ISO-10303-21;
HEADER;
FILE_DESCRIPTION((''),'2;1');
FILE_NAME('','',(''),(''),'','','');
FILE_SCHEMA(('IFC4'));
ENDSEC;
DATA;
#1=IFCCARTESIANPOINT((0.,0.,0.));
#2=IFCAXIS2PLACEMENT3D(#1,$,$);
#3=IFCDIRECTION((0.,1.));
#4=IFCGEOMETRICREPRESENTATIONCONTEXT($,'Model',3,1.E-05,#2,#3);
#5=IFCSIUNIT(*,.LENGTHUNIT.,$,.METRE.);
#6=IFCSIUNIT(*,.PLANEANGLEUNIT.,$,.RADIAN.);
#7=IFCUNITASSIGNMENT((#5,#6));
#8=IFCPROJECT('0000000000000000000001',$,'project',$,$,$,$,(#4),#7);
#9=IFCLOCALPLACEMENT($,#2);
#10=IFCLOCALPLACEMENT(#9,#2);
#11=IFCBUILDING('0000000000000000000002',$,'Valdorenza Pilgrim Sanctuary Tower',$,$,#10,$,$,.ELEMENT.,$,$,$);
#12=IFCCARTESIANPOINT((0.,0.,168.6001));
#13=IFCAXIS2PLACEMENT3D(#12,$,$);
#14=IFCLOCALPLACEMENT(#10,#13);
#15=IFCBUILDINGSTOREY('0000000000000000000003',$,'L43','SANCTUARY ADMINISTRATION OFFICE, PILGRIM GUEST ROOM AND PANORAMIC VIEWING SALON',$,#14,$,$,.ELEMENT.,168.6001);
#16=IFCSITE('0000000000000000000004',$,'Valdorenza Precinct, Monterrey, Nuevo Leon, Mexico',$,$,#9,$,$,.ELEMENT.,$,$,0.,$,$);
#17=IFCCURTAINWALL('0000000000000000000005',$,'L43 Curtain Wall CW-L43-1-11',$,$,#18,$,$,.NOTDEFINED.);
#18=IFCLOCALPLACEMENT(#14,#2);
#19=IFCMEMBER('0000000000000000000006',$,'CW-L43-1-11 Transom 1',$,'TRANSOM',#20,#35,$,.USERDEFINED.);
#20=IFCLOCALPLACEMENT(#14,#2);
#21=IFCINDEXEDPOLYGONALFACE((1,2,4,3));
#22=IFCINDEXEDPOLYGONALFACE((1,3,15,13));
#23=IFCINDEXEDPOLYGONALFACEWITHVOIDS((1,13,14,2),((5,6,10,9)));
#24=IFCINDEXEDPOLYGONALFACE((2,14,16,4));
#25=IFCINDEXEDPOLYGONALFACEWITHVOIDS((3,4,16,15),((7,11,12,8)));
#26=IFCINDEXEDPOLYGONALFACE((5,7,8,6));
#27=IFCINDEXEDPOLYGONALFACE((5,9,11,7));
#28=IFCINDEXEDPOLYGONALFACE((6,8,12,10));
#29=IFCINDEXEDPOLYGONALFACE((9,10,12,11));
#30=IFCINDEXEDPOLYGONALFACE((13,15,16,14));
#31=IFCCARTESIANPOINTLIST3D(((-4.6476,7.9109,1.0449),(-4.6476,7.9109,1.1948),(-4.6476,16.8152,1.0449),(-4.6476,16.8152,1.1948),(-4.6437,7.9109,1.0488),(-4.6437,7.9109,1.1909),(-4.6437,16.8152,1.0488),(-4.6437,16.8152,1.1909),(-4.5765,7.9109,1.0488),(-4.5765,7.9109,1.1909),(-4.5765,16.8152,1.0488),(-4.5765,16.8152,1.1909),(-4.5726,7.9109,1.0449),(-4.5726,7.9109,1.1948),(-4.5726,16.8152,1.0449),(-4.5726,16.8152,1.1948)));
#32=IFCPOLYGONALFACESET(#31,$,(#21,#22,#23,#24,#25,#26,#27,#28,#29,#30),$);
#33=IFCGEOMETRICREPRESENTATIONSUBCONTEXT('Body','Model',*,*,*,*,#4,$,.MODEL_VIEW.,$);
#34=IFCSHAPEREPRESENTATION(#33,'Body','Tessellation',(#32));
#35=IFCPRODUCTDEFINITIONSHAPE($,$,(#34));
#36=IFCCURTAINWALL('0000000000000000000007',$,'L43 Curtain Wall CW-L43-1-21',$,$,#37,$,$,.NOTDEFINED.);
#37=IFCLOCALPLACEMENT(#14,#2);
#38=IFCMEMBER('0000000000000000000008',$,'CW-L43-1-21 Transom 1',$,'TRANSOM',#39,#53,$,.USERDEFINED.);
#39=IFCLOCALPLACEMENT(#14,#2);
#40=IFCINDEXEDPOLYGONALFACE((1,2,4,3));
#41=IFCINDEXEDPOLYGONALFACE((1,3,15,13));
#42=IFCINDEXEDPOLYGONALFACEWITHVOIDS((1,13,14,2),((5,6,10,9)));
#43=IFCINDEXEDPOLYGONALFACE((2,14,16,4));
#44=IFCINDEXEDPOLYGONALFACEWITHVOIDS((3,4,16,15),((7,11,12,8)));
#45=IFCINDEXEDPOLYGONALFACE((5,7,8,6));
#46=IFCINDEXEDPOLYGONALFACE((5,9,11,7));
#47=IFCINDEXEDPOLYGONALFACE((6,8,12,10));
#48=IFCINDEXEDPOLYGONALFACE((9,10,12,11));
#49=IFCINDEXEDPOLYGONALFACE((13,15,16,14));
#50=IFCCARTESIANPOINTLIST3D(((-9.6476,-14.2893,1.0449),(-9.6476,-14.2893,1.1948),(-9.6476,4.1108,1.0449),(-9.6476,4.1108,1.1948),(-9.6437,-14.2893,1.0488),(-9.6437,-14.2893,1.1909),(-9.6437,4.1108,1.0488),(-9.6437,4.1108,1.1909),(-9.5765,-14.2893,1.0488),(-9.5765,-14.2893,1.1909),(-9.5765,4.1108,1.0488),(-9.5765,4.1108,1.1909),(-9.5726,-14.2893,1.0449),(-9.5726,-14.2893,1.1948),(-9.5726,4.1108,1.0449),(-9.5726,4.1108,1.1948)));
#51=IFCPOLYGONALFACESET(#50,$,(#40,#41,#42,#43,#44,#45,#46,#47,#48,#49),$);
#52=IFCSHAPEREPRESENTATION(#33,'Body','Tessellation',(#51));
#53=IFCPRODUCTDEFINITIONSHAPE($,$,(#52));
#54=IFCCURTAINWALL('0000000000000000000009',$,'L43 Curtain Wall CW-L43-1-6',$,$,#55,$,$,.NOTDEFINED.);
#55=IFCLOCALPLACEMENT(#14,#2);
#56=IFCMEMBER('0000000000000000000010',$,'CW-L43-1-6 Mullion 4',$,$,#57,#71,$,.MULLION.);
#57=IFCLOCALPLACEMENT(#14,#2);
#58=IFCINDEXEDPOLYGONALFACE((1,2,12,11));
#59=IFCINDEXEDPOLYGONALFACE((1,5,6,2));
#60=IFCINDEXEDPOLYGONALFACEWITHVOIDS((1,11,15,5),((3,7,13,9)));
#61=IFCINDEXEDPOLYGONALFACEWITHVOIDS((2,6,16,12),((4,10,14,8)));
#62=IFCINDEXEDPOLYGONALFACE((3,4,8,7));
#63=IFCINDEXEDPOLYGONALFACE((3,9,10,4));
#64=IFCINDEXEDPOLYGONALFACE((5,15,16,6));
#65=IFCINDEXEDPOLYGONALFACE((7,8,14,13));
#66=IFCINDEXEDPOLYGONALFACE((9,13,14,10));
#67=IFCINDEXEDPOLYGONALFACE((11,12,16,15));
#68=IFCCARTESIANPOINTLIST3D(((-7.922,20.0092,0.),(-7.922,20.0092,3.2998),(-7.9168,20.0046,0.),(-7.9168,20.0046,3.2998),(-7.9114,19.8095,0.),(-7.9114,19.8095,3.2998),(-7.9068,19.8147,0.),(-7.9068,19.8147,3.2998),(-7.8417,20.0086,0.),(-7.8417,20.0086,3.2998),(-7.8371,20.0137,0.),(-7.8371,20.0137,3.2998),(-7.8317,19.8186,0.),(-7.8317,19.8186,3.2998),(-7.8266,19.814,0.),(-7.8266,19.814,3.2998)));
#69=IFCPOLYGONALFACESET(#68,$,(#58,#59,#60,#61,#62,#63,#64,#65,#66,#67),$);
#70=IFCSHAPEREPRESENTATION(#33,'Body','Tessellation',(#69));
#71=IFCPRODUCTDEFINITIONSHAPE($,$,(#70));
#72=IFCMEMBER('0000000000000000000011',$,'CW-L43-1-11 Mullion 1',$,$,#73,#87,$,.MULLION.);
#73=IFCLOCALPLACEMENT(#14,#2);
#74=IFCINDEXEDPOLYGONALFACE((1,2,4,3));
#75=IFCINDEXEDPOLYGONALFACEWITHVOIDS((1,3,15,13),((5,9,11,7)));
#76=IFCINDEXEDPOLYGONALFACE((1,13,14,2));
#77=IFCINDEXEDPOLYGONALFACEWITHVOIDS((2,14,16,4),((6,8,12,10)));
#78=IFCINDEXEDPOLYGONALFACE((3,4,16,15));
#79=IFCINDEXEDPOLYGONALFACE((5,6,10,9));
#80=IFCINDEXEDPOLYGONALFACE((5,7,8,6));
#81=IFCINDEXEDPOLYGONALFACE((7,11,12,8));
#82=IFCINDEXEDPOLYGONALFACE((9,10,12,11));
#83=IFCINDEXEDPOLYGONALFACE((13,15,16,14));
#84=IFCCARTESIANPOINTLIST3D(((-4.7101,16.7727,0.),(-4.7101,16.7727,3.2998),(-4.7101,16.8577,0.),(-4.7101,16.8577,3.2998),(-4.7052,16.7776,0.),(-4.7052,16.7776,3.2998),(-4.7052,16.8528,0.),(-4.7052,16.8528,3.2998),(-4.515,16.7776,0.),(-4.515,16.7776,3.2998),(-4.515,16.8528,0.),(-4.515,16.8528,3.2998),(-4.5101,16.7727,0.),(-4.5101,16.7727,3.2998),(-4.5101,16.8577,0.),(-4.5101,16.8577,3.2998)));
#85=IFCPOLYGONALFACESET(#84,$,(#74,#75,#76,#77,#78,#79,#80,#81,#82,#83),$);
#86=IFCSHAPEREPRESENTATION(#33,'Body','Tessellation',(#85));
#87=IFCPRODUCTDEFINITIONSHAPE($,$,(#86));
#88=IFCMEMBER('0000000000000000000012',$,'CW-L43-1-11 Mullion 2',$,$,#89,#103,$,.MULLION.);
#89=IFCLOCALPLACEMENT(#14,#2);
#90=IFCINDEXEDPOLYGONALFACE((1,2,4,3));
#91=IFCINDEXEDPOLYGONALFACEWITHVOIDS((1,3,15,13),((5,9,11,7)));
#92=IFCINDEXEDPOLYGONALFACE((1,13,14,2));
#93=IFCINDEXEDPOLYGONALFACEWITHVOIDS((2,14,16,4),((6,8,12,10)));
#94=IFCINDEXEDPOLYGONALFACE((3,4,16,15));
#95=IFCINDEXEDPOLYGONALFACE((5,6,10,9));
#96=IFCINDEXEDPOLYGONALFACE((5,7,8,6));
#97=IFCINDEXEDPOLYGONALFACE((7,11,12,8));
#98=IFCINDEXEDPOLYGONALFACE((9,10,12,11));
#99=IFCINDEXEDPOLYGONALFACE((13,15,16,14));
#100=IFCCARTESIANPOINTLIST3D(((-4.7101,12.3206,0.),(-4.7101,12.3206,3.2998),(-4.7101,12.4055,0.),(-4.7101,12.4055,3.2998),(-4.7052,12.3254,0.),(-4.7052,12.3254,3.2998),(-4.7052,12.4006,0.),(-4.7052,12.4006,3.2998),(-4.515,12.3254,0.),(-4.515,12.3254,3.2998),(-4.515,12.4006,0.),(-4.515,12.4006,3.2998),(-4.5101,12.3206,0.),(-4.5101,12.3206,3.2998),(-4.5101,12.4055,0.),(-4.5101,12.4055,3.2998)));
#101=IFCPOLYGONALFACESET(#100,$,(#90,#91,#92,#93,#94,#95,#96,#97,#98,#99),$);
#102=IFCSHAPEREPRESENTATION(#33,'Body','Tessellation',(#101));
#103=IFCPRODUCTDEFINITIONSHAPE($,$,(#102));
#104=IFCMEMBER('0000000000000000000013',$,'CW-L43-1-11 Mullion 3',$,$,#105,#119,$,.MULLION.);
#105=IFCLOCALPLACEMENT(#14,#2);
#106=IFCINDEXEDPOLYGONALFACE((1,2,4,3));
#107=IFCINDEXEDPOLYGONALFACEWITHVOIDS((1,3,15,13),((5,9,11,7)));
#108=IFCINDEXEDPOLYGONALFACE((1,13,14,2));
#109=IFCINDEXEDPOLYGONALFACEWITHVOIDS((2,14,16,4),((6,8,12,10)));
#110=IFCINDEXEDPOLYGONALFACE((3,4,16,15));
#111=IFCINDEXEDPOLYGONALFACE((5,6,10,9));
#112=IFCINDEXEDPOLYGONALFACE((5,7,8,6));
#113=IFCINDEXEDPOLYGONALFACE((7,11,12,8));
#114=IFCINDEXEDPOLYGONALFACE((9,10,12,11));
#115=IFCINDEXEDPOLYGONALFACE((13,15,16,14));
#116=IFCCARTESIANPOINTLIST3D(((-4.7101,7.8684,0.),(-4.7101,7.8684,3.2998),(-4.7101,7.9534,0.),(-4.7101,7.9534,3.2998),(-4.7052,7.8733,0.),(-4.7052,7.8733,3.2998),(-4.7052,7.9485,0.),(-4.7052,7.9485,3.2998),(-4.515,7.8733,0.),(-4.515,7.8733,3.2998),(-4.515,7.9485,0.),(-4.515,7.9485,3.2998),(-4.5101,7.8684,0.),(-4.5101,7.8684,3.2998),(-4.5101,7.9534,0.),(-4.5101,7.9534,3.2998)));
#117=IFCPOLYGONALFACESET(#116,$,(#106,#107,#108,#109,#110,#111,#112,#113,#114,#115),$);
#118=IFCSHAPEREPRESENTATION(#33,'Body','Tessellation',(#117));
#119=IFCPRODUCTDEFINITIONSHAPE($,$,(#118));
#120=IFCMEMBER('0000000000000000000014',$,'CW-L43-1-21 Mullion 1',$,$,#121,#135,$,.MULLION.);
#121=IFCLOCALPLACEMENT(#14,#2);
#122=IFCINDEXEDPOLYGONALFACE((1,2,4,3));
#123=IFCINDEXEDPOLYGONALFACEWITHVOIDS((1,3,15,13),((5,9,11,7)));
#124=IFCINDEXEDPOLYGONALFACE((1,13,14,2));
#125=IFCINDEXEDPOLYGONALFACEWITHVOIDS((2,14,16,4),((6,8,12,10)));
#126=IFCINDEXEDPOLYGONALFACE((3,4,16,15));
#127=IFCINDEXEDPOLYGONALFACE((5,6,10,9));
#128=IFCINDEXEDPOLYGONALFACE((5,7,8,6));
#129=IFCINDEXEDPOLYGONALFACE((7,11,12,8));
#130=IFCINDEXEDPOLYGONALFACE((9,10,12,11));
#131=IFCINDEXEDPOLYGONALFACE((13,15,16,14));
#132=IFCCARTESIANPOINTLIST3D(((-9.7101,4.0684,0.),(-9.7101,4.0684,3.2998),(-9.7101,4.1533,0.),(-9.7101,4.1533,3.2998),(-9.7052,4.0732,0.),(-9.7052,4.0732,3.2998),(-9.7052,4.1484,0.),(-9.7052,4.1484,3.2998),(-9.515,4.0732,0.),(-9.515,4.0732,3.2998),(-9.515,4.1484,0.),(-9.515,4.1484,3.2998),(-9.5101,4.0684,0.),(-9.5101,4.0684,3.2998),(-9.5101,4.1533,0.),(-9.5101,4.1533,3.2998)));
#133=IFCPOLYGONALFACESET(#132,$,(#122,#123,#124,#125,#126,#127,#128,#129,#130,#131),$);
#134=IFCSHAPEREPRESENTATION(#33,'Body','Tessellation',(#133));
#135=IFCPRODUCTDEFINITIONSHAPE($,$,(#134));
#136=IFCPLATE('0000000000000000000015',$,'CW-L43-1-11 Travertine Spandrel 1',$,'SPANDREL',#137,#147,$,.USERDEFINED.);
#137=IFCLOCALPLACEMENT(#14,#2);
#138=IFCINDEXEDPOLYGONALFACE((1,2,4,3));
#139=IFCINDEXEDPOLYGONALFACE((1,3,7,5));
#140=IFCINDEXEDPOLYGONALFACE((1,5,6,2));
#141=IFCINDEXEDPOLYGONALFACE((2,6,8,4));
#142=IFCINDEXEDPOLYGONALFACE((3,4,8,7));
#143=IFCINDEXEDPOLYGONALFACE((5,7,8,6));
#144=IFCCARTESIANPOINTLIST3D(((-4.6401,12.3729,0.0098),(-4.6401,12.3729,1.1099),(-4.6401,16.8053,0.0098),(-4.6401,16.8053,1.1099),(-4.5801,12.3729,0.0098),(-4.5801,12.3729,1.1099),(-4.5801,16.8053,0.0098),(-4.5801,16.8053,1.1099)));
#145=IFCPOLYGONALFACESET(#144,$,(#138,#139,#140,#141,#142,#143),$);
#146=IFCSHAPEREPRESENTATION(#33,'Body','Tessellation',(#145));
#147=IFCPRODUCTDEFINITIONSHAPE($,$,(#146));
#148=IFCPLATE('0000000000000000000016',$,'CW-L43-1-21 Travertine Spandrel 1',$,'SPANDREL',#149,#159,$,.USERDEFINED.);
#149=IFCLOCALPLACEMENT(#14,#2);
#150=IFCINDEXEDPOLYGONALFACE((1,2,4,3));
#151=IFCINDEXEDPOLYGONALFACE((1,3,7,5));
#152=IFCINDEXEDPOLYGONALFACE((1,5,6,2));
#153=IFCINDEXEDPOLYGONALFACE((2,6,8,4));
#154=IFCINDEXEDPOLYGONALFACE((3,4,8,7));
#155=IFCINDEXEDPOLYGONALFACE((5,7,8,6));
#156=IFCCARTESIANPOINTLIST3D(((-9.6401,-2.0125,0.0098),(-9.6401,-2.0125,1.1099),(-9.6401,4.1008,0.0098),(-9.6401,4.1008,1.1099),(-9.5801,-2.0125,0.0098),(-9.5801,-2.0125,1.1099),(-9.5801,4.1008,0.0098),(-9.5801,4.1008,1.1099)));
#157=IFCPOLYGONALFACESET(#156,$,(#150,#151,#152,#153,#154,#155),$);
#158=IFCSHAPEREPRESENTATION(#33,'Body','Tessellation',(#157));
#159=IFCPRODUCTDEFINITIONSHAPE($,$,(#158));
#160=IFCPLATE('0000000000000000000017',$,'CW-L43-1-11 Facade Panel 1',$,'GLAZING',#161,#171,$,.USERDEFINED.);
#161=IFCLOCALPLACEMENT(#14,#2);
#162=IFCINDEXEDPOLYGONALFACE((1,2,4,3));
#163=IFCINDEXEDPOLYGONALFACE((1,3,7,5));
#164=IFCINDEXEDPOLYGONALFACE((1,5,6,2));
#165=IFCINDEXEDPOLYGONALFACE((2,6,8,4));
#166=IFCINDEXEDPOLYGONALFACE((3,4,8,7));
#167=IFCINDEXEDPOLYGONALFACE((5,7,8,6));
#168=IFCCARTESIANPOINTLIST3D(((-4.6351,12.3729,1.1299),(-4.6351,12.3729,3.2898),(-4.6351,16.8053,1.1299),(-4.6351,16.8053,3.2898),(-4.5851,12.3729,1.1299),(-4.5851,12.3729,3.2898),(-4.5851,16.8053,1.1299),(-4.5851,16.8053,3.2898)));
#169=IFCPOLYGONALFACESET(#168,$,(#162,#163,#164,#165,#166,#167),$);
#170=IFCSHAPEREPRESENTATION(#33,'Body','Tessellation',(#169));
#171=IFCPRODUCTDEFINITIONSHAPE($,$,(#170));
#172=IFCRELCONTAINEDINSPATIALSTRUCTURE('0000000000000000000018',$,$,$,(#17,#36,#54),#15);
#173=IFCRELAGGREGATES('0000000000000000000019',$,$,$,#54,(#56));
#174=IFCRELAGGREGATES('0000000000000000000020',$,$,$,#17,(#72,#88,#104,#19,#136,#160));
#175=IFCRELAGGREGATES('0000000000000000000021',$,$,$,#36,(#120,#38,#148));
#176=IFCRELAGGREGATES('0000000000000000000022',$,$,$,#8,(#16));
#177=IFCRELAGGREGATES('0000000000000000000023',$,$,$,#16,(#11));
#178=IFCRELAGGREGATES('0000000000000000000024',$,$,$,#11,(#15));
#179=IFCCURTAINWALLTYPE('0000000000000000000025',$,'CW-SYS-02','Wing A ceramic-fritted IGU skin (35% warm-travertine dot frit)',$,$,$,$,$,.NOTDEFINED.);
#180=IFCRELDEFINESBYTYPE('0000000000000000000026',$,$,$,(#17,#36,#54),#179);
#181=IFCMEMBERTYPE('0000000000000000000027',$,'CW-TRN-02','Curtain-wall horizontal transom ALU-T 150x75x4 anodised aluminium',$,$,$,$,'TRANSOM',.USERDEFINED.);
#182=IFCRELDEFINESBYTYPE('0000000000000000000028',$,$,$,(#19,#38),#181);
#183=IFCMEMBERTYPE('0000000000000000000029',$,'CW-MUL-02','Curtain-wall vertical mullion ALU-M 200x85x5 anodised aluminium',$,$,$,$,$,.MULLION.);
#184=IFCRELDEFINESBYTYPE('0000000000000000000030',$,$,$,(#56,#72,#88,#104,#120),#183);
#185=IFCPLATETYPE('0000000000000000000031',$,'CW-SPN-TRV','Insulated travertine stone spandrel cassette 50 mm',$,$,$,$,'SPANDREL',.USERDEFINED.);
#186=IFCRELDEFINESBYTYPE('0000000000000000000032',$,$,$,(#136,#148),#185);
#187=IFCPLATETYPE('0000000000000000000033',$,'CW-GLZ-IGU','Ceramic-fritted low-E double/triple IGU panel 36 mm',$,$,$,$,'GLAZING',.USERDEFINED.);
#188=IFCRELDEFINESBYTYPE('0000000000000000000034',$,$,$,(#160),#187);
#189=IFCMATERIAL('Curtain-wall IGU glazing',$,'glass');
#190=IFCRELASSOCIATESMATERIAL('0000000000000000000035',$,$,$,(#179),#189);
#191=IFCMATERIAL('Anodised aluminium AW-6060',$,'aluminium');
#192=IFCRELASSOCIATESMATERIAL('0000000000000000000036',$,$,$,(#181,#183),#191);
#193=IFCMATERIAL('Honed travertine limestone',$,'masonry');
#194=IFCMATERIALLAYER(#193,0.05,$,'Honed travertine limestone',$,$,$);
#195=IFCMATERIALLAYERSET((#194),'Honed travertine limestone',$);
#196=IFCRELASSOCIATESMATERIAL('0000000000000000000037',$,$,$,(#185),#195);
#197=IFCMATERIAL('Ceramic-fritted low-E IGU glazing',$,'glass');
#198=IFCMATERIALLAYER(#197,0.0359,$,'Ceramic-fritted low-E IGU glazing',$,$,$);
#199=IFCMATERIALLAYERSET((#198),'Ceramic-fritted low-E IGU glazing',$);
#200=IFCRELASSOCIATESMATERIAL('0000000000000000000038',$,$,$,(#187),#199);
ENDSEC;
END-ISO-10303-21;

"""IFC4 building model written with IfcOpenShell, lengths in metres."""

from ifc_helpers import new_model, si_unit, direction, frame, origin, origin_2d, place, context, subcontext, project, spatial, rectangle, hollow_rectangle, extrude, source, transform, mapped, material, layer, layer_set, material_profile, profile_set, type_object, element, aggregate, save


model = new_model("IFC4")

# Units and contexts
model_context = context("Model", 3, precision=1e-05, world=origin(), true_north=direction((0.0, 1.0)))
body_context = subcontext(model_context, "Body", "Model", "MODEL_VIEW")
ifc_project = project(units=[si_unit("LENGTHUNIT", "METRE"), si_unit("PLANEANGLEUNIT", "RADIAN")], contexts=[model_context])

# Site, building, storey
site_placement = place(None, origin())
site = spatial("IfcSite", under=ifc_project, at=site_placement, Name="Valdorenza Precinct, Monterrey, Nuevo Leon, Mexico", CompositionType="ELEMENT", RefElevation=0.0)
building_placement = place(site_placement, origin())
building = spatial("IfcBuilding", under=site, at=building_placement, Name="Valdorenza Pilgrim Sanctuary Tower", CompositionType="ELEMENT")
storey_placement = place(building_placement, frame((0.0, 0.0, 168.6001)))
storey = spatial("IfcBuildingStorey", under=building, at=storey_placement, Name="L43", Description="SANCTUARY ADMINISTRATION OFFICE, PILGRIM GUEST ROOM AND PANORAMIC VIEWING SALON", CompositionType="ELEMENT", Elevation=168.6001)

# Curtain walls, members
ifc_material_1 = material(Name="Curtain-wall IGU glazing", Category="glass")
curtain_wall_type = type_object("IfcCurtainWallType", Name="CW-SYS-02", Description="Wing A ceramic-fritted IGU skin (35% warm-travertine dot frit)", PredefinedType="NOTDEFINED", material=ifc_material_1)
curtain_wall_1_placement = place(storey_placement, origin())
curtain_wall_1 = element("IfcCurtainWall", 1, at=curtain_wall_1_placement, inside=storey, type_object=curtain_wall_type, Name="L43 Curtain Wall CW-L43-1-11", PredefinedType="NOTDEFINED")
ifc_material_2 = material(Name="Anodised aluminium AW-6060", Category="aluminium")
ifc_material_profile_1 = material_profile(ifc_material_2, hollow_rectangle(XDim=0.075, YDim=0.1499, WallThickness=0.0039, at=origin_2d()), Name="ALU-T 150x75x4")
ifc_profile_set_1 = profile_set([ifc_material_profile_1], Name="Anodised aluminium AW-6060")
member_type_1 = type_object("IfcMemberType", Name="CW-TRN-02", Description="Curtain-wall horizontal transom ALU-T 150x75x4 anodised aluminium", ElementType="TRANSOM", PredefinedType="USERDEFINED", material=ifc_profile_set_1)
shared_shape_1 = source(origin(), body_context, "Body", "SweptSolid", [
    extrude(hollow_rectangle(XDim=0.075, YDim=0.1499, WallThickness=0.0039, at=origin_2d()), origin(), (0.0, 0.0, 1.0), 8.9043),
])
member_1_placement = place(storey_placement, frame((-4.6101, 16.8152, 1.1199), z_axis=(0.0, -1.0, 0.0), x_axis=(1.0, 0.0, 0.0)))
member_1 = element("IfcMember", 2, at=member_1_placement, type_object=member_type_1, Name="CW-L43-1-11 Transom 1", ObjectType="TRANSOM", PredefinedType="USERDEFINED", context=body_context, shape_type="MappedRepresentation", body=[
    mapped(shared_shape_1, transform((0.0, 0.0, 0.0), x_axis=(1.0, 0.0, 0.0), y_axis=(0.0, 1.0, 0.0), z_axis=(0.0, 0.0, 1.0), scale=1.0)),
])
curtain_wall_2_placement = place(storey_placement, origin())
curtain_wall_2 = element("IfcCurtainWall", 3, at=curtain_wall_2_placement, inside=storey, type_object=curtain_wall_type, Name="L43 Curtain Wall CW-L43-1-21", PredefinedType="NOTDEFINED")
shared_shape_2 = source(origin(), body_context, "Body", "SweptSolid", [
    extrude(hollow_rectangle(XDim=0.075, YDim=0.1499, WallThickness=0.0039, at=origin_2d()), origin(), (0.0, 0.0, 1.0), 18.4001),
])
member_2_placement = place(storey_placement, frame((-9.6101, 4.1108, 1.1199), z_axis=(0.0, -1.0, 0.0), x_axis=(1.0, 0.0, 0.0)))
member_2 = element("IfcMember", 4, at=member_2_placement, type_object=member_type_1, Name="CW-L43-1-21 Transom 1", ObjectType="TRANSOM", PredefinedType="USERDEFINED", context=body_context, shape_type="MappedRepresentation", body=[
    mapped(shared_shape_2, transform((0.0, 0.0, 0.0), x_axis=(1.0, 0.0, 0.0), y_axis=(0.0, 1.0, 0.0), z_axis=(0.0, 0.0, 1.0), scale=1.0)),
])
curtain_wall_3_placement = place(storey_placement, origin())
curtain_wall_3 = element("IfcCurtainWall", 5, at=curtain_wall_3_placement, inside=storey, type_object=curtain_wall_type, Name="L43 Curtain Wall CW-L43-1-6", PredefinedType="NOTDEFINED")
ifc_material_profile_2 = material_profile(ifc_material_2, hollow_rectangle(XDim=0.085, YDim=0.2, WallThickness=0.0049, at=origin_2d()), Name="ALU-M 200x85x5")
ifc_profile_set_2 = profile_set([ifc_material_profile_2], Name="Anodised aluminium AW-6060")
member_type_2 = type_object("IfcMemberType", Name="CW-MUL-02", Description="Curtain-wall vertical mullion ALU-M 200x85x5 anodised aluminium", PredefinedType="MULLION", material=ifc_profile_set_2)
shared_shape_3 = source(origin(), body_context, "Body", "SweptSolid", [
    extrude(hollow_rectangle(XDim=0.085, YDim=0.2, WallThickness=0.0049, at=origin_2d()), origin(), (0.0, 0.0, 1.0), 3.2998),
])
member_3_placement = place(storey_placement, frame((-7.8743, 19.9116, 0.0), z_axis=(0.0, 0.0, 1.0), x_axis=(0.998608, 0.052754, 0.0)))
member_3 = element("IfcMember", 6, at=member_3_placement, type_object=member_type_2, Name="CW-L43-1-6 Mullion 4", PredefinedType="MULLION", context=body_context, shape_type="MappedRepresentation", body=[
    mapped(shared_shape_3, transform((0.0, 0.0, 0.0), x_axis=(1.0, 0.0, 0.0), y_axis=(0.0, 1.0, 0.0), z_axis=(0.0, 0.0, 1.0), scale=1.0)),
])
aggregate(curtain_wall_3, [member_3])

# Members
member_4_placement = place(storey_placement, frame((-4.6101, 16.8152, 0.0), z_axis=(0.0, 0.0, 1.0), x_axis=(0.0, -1.0, 0.0)))
member_4 = element("IfcMember", 7, at=member_4_placement, type_object=member_type_2, Name="CW-L43-1-11 Mullion 1", PredefinedType="MULLION", context=body_context, shape_type="MappedRepresentation", body=[
    mapped(shared_shape_3, transform((0.0, 0.0, 0.0), x_axis=(1.0, 0.0, 0.0), y_axis=(0.0, 1.0, 0.0), z_axis=(0.0, 0.0, 1.0), scale=1.0)),
])
member_5_placement = place(storey_placement, frame((-4.6101, 12.363, 0.0), z_axis=(0.0, 0.0, 1.0), x_axis=(0.0, -1.0, 0.0)))
member_5 = element("IfcMember", 8, at=member_5_placement, type_object=member_type_2, Name="CW-L43-1-11 Mullion 2", PredefinedType="MULLION", context=body_context, shape_type="MappedRepresentation", body=[
    mapped(shared_shape_3, transform((0.0, 0.0, 0.0), x_axis=(1.0, 0.0, 0.0), y_axis=(0.0, 1.0, 0.0), z_axis=(0.0, 0.0, 1.0), scale=1.0)),
])
member_6_placement = place(storey_placement, frame((-4.6101, 7.9109, 0.0), z_axis=(0.0, 0.0, 1.0), x_axis=(0.0, -1.0, 0.0)))
member_6 = element("IfcMember", 9, at=member_6_placement, type_object=member_type_2, Name="CW-L43-1-11 Mullion 3", PredefinedType="MULLION", context=body_context, shape_type="MappedRepresentation", body=[
    mapped(shared_shape_3, transform((0.0, 0.0, 0.0), x_axis=(1.0, 0.0, 0.0), y_axis=(0.0, 1.0, 0.0), z_axis=(0.0, 0.0, 1.0), scale=1.0)),
])
member_7_placement = place(storey_placement, frame((-9.6101, 4.1108, 0.0), z_axis=(0.0, 0.0, 1.0), x_axis=(0.0, -1.0, 0.0)))
member_7 = element("IfcMember", 10, at=member_7_placement, type_object=member_type_2, Name="CW-L43-1-21 Mullion 1", PredefinedType="MULLION", context=body_context, shape_type="MappedRepresentation", body=[
    mapped(shared_shape_3, transform((0.0, 0.0, 0.0), x_axis=(1.0, 0.0, 0.0), y_axis=(0.0, 1.0, 0.0), z_axis=(0.0, 0.0, 1.0), scale=1.0)),
])

# Plates
ifc_material_3 = material(Name="Honed travertine limestone", Category="masonry")
ifc_layer_1 = layer(ifc_material_3, 0.05, Name="Honed travertine limestone")
ifc_layer_set_1 = layer_set([ifc_layer_1], Name="Honed travertine limestone")
plate_type_1 = type_object("IfcPlateType", Name="CW-SPN-TRV", Description="Insulated travertine stone spandrel cassette 50 mm", ElementType="SPANDREL", PredefinedType="USERDEFINED", material=ifc_layer_set_1)
shared_shape_4 = source(origin(), body_context, "Body", "SweptSolid", [
    extrude(rectangle(XDim=4.4324, YDim=0.0601, at=origin_2d()), origin(), (0.0, 0.0, 1.0), 1.1001),
])
plate_1_placement = place(storey_placement, frame((-4.6101, 14.5891, 0.0098), z_axis=(0.0, 0.0, 1.0), x_axis=(0.0, -1.0, 0.0)))
plate_1 = element("IfcPlate", 11, at=plate_1_placement, type_object=plate_type_1, Name="CW-L43-1-11 Travertine Spandrel 1", ObjectType="SPANDREL", PredefinedType="USERDEFINED", context=body_context, shape_type="MappedRepresentation", body=[
    mapped(shared_shape_4, transform((0.0, 0.0, 0.0), x_axis=(1.0, 0.0, 0.0), y_axis=(0.0, 1.0, 0.0), z_axis=(0.0, 0.0, 1.0), scale=1.0)),
])
shared_shape_5 = source(origin(), body_context, "Body", "SweptSolid", [
    extrude(rectangle(XDim=6.1133, YDim=0.0601, at=origin_2d()), origin(), (0.0, 0.0, 1.0), 1.1001),
])
plate_2_placement = place(storey_placement, frame((-9.6101, 1.0442, 0.0098), z_axis=(0.0, 0.0, 1.0), x_axis=(0.0, -1.0, 0.0)))
plate_2 = element("IfcPlate", 12, at=plate_2_placement, type_object=plate_type_1, Name="CW-L43-1-21 Travertine Spandrel 1", ObjectType="SPANDREL", PredefinedType="USERDEFINED", context=body_context, shape_type="MappedRepresentation", body=[
    mapped(shared_shape_5, transform((0.0, 0.0, 0.0), x_axis=(1.0, 0.0, 0.0), y_axis=(0.0, 1.0, 0.0), z_axis=(0.0, 0.0, 1.0), scale=1.0)),
])
ifc_material_4 = material(Name="Ceramic-fritted low-E IGU glazing", Category="glass")
ifc_layer_2 = layer(ifc_material_4, 0.0359, Name="Ceramic-fritted low-E IGU glazing")
ifc_layer_set_2 = layer_set([ifc_layer_2], Name="Ceramic-fritted low-E IGU glazing")
plate_type_2 = type_object("IfcPlateType", Name="CW-GLZ-IGU", Description="Ceramic-fritted low-E double/triple IGU panel 36 mm", ElementType="GLAZING", PredefinedType="USERDEFINED", material=ifc_layer_set_2)
shared_shape_6 = source(origin(), body_context, "Body", "SweptSolid", [
    extrude(rectangle(XDim=4.4324, YDim=0.05, at=origin_2d()), origin(), (0.0, 0.0, 1.0), 2.1599),
])
plate_3_placement = place(storey_placement, frame((-4.6101, 14.5891, 1.1299), z_axis=(0.0, 0.0, 1.0), x_axis=(0.0, -1.0, 0.0)))
plate_3 = element("IfcPlate", 13, at=plate_3_placement, type_object=plate_type_2, Name="CW-L43-1-11 Facade Panel 1", ObjectType="GLAZING", PredefinedType="USERDEFINED", context=body_context, shape_type="MappedRepresentation", body=[
    mapped(shared_shape_6, transform((0.0, 0.0, 0.0), x_axis=(1.0, 0.0, 0.0), y_axis=(0.0, 1.0, 0.0), z_axis=(0.0, 0.0, 1.0), scale=1.0)),
])
aggregate(curtain_wall_1, [member_4, member_5, member_6, member_1, plate_1, plate_3])
aggregate(curtain_wall_2, [member_7, member_2, plate_2])

save(model, "model.ifc")
